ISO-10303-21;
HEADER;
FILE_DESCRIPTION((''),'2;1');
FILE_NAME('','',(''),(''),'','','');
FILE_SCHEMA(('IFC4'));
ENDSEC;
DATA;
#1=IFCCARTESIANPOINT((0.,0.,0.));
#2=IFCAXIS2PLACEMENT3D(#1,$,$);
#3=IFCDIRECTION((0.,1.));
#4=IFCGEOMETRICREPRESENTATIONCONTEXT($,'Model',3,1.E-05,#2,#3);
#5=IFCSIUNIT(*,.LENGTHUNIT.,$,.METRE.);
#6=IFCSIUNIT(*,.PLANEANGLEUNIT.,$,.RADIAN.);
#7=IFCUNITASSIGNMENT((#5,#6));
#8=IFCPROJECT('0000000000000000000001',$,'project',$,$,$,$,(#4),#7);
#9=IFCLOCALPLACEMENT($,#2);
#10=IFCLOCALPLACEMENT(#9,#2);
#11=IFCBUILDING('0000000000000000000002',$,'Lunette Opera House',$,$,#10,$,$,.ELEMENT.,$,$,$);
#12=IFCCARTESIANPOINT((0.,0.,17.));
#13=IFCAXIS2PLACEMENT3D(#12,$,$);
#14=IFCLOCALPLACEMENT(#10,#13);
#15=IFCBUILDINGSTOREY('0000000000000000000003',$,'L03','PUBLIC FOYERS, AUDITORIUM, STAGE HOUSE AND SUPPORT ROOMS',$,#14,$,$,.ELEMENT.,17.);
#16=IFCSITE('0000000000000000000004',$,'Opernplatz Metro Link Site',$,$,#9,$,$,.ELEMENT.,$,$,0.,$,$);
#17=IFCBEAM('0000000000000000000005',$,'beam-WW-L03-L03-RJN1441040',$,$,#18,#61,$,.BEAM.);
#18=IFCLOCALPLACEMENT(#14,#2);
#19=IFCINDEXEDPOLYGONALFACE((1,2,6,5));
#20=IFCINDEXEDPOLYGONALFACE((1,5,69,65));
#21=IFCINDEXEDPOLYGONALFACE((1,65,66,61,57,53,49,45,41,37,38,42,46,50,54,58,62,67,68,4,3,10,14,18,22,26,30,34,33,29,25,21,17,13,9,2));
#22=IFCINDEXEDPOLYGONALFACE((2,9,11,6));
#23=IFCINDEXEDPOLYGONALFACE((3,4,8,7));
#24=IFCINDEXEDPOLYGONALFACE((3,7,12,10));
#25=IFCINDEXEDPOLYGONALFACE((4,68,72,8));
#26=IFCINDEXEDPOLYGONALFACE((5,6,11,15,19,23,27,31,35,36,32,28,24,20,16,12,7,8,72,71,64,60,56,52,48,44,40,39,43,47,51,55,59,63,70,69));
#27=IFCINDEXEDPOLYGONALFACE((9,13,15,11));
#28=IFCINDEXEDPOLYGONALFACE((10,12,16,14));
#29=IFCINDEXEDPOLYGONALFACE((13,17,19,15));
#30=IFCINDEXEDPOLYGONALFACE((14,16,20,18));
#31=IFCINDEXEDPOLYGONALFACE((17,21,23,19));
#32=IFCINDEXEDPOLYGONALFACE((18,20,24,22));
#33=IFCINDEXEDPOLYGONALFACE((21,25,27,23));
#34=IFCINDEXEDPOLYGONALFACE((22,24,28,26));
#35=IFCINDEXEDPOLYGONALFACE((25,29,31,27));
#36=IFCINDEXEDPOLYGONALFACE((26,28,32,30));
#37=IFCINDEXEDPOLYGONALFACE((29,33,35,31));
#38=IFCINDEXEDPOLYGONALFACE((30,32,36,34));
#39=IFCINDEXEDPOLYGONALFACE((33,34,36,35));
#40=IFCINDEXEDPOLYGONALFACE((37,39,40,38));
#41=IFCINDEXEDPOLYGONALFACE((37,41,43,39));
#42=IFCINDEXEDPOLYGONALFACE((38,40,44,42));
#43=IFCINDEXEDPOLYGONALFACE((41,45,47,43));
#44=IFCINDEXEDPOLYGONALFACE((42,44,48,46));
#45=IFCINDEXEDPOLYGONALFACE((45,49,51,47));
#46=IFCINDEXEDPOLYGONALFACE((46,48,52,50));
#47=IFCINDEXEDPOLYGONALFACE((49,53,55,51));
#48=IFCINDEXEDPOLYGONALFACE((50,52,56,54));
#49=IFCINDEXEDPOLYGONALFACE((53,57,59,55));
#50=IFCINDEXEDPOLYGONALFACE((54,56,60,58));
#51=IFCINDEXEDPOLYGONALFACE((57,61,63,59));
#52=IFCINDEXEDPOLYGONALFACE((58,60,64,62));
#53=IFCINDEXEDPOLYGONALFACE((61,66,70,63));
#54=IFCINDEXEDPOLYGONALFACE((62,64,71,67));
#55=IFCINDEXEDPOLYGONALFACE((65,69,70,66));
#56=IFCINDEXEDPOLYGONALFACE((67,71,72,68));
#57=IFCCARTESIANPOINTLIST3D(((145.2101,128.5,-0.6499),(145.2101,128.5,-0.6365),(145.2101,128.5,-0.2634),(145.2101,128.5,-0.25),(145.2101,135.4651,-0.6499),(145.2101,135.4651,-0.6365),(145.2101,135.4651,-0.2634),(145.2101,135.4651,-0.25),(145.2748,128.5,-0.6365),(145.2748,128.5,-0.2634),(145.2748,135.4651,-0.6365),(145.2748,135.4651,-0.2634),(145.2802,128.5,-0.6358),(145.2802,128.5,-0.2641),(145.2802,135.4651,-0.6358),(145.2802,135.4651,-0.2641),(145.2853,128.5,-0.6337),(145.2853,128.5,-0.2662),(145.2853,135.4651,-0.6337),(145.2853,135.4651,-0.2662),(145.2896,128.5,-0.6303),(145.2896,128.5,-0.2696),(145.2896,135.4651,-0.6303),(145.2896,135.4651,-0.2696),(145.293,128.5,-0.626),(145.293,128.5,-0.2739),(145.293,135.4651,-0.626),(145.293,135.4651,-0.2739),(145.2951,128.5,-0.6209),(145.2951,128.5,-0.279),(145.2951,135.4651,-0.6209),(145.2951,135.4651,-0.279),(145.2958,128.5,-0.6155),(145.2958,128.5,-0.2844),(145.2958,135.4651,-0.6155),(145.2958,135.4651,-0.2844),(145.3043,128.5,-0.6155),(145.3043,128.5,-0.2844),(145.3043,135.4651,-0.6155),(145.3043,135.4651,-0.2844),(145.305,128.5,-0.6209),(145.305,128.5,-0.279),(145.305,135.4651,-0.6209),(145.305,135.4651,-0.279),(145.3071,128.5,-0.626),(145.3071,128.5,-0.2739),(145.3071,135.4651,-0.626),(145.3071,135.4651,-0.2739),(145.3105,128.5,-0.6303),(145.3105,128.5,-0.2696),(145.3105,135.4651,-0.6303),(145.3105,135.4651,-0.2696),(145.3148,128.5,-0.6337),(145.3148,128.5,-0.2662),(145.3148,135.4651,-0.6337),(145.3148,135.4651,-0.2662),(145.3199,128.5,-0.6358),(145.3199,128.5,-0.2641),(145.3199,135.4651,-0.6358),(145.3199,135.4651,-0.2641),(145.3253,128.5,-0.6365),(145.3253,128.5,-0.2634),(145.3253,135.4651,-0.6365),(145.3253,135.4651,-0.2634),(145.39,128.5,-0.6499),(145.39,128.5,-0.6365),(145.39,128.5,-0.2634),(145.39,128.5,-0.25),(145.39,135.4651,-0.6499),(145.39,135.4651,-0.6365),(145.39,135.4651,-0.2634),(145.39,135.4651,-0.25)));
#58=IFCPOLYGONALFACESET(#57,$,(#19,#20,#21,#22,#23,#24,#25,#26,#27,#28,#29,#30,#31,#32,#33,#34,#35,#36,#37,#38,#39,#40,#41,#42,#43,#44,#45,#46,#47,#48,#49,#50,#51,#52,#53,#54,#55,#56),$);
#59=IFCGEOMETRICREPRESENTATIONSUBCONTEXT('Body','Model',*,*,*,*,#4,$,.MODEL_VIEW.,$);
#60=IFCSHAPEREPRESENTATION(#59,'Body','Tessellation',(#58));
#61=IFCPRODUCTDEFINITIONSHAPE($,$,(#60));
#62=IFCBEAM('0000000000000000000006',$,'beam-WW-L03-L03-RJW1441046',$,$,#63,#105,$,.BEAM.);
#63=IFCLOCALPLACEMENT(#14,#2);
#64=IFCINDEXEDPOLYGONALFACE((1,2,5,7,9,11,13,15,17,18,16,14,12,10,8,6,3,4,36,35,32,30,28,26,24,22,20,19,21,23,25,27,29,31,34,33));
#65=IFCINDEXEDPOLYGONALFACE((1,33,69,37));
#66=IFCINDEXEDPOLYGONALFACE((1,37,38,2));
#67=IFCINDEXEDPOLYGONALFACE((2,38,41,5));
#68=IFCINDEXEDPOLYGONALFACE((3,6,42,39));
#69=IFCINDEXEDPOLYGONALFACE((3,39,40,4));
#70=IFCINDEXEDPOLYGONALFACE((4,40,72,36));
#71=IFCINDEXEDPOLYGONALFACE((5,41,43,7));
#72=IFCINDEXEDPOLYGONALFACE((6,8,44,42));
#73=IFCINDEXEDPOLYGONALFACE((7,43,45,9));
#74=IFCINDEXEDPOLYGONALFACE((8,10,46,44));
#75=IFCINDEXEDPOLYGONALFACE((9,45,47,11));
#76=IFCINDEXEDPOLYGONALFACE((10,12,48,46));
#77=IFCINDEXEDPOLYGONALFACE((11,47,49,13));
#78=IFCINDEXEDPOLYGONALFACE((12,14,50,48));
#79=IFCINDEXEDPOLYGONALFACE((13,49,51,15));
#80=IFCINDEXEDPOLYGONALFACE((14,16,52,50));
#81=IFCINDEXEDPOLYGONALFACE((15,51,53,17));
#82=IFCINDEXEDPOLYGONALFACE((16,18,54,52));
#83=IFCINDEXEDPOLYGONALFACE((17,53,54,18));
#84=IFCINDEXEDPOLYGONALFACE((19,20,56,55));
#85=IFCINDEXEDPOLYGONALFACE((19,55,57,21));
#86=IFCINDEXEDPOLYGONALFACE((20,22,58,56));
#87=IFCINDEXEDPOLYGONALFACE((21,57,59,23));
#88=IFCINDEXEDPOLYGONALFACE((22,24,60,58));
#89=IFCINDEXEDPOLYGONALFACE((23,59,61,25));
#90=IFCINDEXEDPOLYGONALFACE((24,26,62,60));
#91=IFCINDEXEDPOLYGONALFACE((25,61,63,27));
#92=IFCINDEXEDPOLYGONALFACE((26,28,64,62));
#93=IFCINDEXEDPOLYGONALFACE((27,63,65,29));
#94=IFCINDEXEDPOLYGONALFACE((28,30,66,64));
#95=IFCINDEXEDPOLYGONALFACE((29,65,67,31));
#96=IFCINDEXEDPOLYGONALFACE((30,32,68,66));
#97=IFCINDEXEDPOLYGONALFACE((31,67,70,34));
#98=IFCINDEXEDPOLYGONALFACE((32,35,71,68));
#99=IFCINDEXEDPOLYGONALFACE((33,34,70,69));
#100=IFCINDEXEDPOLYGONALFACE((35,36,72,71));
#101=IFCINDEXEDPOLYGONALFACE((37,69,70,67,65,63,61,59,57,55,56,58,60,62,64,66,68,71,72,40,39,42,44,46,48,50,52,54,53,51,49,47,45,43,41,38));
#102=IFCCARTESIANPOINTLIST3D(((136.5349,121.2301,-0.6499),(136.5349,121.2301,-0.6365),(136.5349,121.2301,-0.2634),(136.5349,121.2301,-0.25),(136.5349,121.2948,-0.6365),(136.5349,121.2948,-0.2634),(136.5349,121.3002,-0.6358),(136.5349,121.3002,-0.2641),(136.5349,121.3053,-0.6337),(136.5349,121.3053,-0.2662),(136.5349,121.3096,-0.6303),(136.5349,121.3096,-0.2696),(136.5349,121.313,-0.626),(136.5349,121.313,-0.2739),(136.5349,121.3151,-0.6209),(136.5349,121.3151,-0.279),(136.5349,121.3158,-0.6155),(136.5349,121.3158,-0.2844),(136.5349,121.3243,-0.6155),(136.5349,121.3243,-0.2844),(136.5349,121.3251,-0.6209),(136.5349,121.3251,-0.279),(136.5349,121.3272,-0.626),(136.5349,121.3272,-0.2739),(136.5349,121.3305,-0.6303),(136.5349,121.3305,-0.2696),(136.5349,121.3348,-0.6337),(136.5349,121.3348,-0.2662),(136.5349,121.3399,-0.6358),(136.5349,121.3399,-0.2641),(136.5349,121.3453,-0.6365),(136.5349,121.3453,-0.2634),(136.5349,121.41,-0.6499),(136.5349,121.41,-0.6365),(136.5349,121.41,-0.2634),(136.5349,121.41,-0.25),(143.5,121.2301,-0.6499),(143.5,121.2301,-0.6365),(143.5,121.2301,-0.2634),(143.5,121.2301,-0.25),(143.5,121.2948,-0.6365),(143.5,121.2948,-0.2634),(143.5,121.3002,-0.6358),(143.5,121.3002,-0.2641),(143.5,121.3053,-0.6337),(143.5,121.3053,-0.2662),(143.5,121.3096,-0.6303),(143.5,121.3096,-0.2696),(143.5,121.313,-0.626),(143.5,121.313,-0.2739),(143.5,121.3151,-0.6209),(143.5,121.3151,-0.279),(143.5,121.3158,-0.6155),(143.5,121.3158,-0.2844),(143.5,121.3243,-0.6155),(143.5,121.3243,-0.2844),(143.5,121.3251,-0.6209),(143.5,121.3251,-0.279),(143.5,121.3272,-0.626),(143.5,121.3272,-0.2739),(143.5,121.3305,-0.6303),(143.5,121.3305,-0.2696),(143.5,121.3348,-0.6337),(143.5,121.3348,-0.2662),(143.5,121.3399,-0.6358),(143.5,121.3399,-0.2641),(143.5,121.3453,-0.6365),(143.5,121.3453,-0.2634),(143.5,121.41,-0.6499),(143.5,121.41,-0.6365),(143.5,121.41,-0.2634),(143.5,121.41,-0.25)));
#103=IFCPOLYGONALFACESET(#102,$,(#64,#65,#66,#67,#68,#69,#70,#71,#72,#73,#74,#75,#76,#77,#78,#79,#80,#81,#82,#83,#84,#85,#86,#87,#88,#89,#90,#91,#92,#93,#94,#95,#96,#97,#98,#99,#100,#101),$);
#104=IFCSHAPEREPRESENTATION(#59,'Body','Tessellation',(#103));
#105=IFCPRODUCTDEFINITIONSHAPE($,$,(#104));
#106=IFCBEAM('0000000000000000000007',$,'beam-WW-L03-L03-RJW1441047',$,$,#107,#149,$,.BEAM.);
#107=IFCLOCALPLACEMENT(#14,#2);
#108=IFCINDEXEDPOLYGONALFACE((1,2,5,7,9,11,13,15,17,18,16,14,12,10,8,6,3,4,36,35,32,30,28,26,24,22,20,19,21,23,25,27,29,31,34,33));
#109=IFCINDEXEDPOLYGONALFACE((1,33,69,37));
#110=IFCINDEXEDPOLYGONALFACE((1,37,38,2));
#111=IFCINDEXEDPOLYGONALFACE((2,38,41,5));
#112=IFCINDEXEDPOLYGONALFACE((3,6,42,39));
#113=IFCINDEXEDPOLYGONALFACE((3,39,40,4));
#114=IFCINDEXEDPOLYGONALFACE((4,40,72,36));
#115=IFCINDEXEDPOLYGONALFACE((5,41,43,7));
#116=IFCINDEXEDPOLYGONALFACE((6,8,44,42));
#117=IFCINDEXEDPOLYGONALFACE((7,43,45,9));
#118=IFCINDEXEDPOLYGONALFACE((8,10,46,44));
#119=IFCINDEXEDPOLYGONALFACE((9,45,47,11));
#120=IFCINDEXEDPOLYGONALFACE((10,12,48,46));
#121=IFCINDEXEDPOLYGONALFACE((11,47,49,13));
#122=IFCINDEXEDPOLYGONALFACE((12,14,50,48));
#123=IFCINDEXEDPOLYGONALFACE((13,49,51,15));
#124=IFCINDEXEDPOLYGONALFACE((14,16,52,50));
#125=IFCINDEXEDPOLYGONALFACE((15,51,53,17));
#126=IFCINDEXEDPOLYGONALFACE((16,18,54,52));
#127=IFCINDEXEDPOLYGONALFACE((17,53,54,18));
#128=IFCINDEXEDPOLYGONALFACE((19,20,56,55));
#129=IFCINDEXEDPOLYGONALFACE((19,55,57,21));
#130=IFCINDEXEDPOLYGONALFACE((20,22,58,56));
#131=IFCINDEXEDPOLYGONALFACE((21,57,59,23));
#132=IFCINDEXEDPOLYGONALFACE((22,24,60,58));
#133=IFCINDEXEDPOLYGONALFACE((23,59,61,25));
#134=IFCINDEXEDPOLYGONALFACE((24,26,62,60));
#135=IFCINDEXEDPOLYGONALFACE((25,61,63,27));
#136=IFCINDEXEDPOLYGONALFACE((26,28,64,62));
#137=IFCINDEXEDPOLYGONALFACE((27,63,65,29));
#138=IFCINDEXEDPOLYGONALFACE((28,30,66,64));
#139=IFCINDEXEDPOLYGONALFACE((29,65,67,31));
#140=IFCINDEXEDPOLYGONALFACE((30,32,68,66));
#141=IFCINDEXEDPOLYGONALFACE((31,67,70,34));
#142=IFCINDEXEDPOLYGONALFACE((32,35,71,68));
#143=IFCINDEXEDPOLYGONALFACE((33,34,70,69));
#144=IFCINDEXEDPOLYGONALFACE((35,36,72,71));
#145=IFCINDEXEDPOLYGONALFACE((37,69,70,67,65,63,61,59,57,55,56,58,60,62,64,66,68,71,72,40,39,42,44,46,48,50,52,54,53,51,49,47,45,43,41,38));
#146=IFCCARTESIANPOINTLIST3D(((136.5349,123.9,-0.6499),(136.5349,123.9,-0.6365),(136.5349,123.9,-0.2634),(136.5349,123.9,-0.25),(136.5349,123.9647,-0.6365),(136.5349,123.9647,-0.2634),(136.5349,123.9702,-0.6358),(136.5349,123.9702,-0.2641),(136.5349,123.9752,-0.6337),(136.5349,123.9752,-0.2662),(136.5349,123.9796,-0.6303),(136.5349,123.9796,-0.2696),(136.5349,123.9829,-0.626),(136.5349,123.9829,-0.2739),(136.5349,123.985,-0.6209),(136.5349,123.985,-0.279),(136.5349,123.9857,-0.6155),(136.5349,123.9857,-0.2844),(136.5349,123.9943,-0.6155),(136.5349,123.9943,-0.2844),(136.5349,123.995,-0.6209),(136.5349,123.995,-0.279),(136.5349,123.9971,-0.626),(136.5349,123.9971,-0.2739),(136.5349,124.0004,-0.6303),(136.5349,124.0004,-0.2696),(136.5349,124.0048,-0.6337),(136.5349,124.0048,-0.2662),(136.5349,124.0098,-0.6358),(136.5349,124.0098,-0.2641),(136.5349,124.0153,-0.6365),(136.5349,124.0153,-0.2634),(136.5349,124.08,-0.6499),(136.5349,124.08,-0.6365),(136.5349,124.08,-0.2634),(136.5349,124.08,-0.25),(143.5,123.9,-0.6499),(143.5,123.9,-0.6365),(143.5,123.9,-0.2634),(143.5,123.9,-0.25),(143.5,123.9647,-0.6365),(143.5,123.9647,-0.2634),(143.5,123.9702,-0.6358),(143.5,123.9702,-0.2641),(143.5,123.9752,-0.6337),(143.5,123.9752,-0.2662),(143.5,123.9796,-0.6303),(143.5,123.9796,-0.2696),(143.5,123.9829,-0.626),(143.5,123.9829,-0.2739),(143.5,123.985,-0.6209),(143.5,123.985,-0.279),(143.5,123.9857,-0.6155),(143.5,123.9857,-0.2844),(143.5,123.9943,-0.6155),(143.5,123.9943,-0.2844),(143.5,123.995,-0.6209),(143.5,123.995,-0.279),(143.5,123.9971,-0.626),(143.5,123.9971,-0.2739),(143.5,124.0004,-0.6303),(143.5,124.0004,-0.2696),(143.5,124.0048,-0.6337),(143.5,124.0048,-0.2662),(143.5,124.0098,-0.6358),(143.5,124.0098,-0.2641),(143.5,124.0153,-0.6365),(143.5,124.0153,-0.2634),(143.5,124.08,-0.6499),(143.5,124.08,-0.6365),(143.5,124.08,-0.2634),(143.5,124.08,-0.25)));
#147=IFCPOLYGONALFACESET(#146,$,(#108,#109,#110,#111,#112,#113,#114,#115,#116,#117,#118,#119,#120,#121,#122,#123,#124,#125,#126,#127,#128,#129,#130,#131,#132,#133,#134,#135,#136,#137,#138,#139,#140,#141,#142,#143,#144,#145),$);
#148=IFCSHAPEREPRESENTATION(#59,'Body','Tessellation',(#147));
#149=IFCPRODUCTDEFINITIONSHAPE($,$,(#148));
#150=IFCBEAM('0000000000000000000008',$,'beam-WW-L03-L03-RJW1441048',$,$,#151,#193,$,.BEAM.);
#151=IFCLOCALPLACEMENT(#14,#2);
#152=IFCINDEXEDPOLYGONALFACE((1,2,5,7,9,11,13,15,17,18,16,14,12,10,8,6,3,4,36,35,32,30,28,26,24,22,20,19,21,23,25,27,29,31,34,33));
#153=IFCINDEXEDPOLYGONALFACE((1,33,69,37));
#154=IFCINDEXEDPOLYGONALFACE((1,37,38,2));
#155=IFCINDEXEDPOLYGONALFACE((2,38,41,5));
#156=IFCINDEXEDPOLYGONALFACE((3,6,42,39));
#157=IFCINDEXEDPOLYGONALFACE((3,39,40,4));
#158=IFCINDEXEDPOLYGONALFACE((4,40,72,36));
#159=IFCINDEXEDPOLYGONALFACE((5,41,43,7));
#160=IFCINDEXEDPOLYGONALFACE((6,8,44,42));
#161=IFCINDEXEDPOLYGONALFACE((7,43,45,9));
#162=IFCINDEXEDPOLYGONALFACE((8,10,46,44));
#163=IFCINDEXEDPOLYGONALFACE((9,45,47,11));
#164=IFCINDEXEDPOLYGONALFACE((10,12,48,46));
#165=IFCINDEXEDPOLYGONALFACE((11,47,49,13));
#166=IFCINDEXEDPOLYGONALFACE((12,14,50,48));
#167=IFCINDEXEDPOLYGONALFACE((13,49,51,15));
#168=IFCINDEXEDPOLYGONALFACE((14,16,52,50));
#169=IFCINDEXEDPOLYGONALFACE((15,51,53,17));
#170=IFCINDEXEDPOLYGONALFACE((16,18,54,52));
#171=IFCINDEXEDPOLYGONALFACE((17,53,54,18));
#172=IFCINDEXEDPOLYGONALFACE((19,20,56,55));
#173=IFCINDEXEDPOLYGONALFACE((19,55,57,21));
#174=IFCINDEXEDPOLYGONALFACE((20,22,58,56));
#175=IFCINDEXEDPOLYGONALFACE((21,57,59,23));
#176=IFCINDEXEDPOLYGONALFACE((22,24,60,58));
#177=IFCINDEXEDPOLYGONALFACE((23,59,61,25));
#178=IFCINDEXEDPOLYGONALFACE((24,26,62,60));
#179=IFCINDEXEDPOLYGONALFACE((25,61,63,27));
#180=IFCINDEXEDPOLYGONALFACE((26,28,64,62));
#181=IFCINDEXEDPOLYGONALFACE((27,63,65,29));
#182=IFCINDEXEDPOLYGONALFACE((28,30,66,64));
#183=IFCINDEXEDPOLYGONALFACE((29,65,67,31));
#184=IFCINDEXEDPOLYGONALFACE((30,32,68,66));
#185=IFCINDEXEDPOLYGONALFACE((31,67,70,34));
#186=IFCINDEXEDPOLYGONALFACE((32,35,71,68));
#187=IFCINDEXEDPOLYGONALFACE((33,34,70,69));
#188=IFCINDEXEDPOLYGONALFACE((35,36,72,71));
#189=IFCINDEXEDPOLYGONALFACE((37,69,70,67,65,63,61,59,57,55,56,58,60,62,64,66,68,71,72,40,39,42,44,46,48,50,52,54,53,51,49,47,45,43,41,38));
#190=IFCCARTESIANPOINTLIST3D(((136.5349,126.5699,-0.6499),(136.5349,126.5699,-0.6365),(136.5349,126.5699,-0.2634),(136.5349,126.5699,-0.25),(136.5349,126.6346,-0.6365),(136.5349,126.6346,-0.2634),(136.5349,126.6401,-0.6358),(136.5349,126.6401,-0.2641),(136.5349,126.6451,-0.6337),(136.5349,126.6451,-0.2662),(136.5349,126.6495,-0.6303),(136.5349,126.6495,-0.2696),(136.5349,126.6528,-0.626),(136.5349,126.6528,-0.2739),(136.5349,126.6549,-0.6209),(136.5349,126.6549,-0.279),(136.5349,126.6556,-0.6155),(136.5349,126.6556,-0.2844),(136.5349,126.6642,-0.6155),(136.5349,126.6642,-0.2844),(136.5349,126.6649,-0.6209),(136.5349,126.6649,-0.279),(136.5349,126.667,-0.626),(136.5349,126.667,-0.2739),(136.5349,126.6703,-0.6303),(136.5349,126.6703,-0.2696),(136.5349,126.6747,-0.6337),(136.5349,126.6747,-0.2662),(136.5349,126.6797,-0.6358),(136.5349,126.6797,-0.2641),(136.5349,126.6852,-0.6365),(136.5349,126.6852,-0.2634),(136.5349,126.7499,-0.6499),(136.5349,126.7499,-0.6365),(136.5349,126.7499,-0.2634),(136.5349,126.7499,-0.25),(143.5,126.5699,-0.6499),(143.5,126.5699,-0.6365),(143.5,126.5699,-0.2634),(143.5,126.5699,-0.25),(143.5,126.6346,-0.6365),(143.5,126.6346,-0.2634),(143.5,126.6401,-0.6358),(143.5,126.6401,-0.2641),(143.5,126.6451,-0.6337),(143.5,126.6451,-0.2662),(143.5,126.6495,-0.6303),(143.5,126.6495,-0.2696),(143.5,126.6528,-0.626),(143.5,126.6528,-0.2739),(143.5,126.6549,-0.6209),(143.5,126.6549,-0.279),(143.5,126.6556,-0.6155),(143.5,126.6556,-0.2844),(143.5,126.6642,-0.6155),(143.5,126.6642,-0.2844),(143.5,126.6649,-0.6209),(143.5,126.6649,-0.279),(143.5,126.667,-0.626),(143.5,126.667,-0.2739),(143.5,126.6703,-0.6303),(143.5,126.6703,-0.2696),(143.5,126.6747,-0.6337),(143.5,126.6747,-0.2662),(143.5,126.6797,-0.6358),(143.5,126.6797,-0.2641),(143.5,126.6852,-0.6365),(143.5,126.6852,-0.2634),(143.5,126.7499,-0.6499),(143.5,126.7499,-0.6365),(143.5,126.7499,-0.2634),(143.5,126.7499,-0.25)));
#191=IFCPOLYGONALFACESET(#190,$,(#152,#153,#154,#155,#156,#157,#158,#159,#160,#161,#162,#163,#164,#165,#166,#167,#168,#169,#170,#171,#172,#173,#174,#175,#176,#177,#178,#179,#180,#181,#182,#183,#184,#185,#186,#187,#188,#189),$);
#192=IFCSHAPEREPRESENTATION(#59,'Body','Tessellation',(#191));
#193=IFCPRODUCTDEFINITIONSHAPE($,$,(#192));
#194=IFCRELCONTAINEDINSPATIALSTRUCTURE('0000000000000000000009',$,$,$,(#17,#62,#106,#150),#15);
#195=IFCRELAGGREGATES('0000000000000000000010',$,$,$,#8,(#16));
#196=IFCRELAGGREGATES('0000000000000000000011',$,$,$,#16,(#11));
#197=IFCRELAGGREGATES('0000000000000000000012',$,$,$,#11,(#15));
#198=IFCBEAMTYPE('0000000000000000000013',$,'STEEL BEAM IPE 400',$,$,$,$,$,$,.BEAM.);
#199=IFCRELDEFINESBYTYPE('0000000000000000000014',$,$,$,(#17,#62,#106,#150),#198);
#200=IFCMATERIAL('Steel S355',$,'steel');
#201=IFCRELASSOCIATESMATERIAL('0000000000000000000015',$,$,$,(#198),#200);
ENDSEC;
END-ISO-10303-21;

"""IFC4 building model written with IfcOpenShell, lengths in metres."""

from ifc_helpers import new_model, si_unit, direction, frame, origin, origin_2d, place, context, subcontext, project, spatial, i_section, extrude, material, material_profile, profile_set, type_object, element, save


model = new_model("IFC4")

# Units and contexts
model_context = context("Model", 3, precision=1e-05, world=origin(), true_north=direction((0.0, 1.0)))
body_context = subcontext(model_context, "Body", "Model", "MODEL_VIEW")
ifc_project = project(units=[si_unit("LENGTHUNIT", "METRE"), si_unit("PLANEANGLEUNIT", "RADIAN")], contexts=[model_context])

# Site, building, storey
site_placement = place(None, origin())
site = spatial("IfcSite", under=ifc_project, at=site_placement, Name="Opernplatz Metro Link Site", CompositionType="ELEMENT", RefElevation=0.0)
building_placement = place(site_placement, origin())
building = spatial("IfcBuilding", under=site, at=building_placement, Name="Lunette Opera House", CompositionType="ELEMENT")
storey_placement = place(building_placement, frame((0.0, 0.0, 17.0)))
storey = spatial("IfcBuildingStorey", under=building, at=storey_placement, Name="L03", Description="PUBLIC FOYERS, AUDITORIUM, STAGE HOUSE AND SUPPORT ROOMS", CompositionType="ELEMENT", Elevation=17.0)

# Beams
ifc_material_1 = material(Name="Steel S355", Category="steel")
ifc_material_profile_1 = material_profile(ifc_material_1, i_section(OverallWidth=0.1799, OverallDepth=0.3999, WebThickness=0.0085, FlangeThickness=0.0134, FilletRadius=0.021, at=origin_2d()), Name="IPE 400")
ifc_profile_set_1 = profile_set([ifc_material_profile_1], Name="Steel S355")
beam_type_1 = type_object("IfcBeamType", Name="STEEL BEAM IPE 400", PredefinedType="BEAM", material=ifc_profile_set_1)
for number, where, z_axis, x_axis, name in (
    (1, (145.3, 128.5, -0.45), (0.0, 1.0, 0.0), (-1.0, 0.0, 0.0), "beam-WW-L03-L03-RJN1441040"),
    (2, (143.5, 121.3201, -0.45), (-1.0, 0.0, 0.0), (0.0, -1.0, 0.0), "beam-WW-L03-L03-RJW1441046"),
    (3, (143.5, 123.99, -0.45), (-1.0, 0.0, 0.0), (0.0, -1.0, 0.0), "beam-WW-L03-L03-RJW1441047"),
    (4, (143.5, 126.6599, -0.45), (-1.0, 0.0, 0.0), (0.0, -1.0, 0.0), "beam-WW-L03-L03-RJW1441048"),
):
    element("IfcBeam", number, at=place(storey_placement, frame(where, z_axis=z_axis, x_axis=x_axis)), inside=storey, type_object=beam_type_1, Name=name, PredefinedType="BEAM", context=body_context, shape_type="SweptSolid", body=[
        extrude(i_section(OverallWidth=0.1799, OverallDepth=0.3999, WebThickness=0.0085, FlangeThickness=0.0134, FilletRadius=0.021, at=origin_2d()), origin(), (0.0, 0.0, 1.0), 6.9651),
    ])

save(model, "model.ifc")
